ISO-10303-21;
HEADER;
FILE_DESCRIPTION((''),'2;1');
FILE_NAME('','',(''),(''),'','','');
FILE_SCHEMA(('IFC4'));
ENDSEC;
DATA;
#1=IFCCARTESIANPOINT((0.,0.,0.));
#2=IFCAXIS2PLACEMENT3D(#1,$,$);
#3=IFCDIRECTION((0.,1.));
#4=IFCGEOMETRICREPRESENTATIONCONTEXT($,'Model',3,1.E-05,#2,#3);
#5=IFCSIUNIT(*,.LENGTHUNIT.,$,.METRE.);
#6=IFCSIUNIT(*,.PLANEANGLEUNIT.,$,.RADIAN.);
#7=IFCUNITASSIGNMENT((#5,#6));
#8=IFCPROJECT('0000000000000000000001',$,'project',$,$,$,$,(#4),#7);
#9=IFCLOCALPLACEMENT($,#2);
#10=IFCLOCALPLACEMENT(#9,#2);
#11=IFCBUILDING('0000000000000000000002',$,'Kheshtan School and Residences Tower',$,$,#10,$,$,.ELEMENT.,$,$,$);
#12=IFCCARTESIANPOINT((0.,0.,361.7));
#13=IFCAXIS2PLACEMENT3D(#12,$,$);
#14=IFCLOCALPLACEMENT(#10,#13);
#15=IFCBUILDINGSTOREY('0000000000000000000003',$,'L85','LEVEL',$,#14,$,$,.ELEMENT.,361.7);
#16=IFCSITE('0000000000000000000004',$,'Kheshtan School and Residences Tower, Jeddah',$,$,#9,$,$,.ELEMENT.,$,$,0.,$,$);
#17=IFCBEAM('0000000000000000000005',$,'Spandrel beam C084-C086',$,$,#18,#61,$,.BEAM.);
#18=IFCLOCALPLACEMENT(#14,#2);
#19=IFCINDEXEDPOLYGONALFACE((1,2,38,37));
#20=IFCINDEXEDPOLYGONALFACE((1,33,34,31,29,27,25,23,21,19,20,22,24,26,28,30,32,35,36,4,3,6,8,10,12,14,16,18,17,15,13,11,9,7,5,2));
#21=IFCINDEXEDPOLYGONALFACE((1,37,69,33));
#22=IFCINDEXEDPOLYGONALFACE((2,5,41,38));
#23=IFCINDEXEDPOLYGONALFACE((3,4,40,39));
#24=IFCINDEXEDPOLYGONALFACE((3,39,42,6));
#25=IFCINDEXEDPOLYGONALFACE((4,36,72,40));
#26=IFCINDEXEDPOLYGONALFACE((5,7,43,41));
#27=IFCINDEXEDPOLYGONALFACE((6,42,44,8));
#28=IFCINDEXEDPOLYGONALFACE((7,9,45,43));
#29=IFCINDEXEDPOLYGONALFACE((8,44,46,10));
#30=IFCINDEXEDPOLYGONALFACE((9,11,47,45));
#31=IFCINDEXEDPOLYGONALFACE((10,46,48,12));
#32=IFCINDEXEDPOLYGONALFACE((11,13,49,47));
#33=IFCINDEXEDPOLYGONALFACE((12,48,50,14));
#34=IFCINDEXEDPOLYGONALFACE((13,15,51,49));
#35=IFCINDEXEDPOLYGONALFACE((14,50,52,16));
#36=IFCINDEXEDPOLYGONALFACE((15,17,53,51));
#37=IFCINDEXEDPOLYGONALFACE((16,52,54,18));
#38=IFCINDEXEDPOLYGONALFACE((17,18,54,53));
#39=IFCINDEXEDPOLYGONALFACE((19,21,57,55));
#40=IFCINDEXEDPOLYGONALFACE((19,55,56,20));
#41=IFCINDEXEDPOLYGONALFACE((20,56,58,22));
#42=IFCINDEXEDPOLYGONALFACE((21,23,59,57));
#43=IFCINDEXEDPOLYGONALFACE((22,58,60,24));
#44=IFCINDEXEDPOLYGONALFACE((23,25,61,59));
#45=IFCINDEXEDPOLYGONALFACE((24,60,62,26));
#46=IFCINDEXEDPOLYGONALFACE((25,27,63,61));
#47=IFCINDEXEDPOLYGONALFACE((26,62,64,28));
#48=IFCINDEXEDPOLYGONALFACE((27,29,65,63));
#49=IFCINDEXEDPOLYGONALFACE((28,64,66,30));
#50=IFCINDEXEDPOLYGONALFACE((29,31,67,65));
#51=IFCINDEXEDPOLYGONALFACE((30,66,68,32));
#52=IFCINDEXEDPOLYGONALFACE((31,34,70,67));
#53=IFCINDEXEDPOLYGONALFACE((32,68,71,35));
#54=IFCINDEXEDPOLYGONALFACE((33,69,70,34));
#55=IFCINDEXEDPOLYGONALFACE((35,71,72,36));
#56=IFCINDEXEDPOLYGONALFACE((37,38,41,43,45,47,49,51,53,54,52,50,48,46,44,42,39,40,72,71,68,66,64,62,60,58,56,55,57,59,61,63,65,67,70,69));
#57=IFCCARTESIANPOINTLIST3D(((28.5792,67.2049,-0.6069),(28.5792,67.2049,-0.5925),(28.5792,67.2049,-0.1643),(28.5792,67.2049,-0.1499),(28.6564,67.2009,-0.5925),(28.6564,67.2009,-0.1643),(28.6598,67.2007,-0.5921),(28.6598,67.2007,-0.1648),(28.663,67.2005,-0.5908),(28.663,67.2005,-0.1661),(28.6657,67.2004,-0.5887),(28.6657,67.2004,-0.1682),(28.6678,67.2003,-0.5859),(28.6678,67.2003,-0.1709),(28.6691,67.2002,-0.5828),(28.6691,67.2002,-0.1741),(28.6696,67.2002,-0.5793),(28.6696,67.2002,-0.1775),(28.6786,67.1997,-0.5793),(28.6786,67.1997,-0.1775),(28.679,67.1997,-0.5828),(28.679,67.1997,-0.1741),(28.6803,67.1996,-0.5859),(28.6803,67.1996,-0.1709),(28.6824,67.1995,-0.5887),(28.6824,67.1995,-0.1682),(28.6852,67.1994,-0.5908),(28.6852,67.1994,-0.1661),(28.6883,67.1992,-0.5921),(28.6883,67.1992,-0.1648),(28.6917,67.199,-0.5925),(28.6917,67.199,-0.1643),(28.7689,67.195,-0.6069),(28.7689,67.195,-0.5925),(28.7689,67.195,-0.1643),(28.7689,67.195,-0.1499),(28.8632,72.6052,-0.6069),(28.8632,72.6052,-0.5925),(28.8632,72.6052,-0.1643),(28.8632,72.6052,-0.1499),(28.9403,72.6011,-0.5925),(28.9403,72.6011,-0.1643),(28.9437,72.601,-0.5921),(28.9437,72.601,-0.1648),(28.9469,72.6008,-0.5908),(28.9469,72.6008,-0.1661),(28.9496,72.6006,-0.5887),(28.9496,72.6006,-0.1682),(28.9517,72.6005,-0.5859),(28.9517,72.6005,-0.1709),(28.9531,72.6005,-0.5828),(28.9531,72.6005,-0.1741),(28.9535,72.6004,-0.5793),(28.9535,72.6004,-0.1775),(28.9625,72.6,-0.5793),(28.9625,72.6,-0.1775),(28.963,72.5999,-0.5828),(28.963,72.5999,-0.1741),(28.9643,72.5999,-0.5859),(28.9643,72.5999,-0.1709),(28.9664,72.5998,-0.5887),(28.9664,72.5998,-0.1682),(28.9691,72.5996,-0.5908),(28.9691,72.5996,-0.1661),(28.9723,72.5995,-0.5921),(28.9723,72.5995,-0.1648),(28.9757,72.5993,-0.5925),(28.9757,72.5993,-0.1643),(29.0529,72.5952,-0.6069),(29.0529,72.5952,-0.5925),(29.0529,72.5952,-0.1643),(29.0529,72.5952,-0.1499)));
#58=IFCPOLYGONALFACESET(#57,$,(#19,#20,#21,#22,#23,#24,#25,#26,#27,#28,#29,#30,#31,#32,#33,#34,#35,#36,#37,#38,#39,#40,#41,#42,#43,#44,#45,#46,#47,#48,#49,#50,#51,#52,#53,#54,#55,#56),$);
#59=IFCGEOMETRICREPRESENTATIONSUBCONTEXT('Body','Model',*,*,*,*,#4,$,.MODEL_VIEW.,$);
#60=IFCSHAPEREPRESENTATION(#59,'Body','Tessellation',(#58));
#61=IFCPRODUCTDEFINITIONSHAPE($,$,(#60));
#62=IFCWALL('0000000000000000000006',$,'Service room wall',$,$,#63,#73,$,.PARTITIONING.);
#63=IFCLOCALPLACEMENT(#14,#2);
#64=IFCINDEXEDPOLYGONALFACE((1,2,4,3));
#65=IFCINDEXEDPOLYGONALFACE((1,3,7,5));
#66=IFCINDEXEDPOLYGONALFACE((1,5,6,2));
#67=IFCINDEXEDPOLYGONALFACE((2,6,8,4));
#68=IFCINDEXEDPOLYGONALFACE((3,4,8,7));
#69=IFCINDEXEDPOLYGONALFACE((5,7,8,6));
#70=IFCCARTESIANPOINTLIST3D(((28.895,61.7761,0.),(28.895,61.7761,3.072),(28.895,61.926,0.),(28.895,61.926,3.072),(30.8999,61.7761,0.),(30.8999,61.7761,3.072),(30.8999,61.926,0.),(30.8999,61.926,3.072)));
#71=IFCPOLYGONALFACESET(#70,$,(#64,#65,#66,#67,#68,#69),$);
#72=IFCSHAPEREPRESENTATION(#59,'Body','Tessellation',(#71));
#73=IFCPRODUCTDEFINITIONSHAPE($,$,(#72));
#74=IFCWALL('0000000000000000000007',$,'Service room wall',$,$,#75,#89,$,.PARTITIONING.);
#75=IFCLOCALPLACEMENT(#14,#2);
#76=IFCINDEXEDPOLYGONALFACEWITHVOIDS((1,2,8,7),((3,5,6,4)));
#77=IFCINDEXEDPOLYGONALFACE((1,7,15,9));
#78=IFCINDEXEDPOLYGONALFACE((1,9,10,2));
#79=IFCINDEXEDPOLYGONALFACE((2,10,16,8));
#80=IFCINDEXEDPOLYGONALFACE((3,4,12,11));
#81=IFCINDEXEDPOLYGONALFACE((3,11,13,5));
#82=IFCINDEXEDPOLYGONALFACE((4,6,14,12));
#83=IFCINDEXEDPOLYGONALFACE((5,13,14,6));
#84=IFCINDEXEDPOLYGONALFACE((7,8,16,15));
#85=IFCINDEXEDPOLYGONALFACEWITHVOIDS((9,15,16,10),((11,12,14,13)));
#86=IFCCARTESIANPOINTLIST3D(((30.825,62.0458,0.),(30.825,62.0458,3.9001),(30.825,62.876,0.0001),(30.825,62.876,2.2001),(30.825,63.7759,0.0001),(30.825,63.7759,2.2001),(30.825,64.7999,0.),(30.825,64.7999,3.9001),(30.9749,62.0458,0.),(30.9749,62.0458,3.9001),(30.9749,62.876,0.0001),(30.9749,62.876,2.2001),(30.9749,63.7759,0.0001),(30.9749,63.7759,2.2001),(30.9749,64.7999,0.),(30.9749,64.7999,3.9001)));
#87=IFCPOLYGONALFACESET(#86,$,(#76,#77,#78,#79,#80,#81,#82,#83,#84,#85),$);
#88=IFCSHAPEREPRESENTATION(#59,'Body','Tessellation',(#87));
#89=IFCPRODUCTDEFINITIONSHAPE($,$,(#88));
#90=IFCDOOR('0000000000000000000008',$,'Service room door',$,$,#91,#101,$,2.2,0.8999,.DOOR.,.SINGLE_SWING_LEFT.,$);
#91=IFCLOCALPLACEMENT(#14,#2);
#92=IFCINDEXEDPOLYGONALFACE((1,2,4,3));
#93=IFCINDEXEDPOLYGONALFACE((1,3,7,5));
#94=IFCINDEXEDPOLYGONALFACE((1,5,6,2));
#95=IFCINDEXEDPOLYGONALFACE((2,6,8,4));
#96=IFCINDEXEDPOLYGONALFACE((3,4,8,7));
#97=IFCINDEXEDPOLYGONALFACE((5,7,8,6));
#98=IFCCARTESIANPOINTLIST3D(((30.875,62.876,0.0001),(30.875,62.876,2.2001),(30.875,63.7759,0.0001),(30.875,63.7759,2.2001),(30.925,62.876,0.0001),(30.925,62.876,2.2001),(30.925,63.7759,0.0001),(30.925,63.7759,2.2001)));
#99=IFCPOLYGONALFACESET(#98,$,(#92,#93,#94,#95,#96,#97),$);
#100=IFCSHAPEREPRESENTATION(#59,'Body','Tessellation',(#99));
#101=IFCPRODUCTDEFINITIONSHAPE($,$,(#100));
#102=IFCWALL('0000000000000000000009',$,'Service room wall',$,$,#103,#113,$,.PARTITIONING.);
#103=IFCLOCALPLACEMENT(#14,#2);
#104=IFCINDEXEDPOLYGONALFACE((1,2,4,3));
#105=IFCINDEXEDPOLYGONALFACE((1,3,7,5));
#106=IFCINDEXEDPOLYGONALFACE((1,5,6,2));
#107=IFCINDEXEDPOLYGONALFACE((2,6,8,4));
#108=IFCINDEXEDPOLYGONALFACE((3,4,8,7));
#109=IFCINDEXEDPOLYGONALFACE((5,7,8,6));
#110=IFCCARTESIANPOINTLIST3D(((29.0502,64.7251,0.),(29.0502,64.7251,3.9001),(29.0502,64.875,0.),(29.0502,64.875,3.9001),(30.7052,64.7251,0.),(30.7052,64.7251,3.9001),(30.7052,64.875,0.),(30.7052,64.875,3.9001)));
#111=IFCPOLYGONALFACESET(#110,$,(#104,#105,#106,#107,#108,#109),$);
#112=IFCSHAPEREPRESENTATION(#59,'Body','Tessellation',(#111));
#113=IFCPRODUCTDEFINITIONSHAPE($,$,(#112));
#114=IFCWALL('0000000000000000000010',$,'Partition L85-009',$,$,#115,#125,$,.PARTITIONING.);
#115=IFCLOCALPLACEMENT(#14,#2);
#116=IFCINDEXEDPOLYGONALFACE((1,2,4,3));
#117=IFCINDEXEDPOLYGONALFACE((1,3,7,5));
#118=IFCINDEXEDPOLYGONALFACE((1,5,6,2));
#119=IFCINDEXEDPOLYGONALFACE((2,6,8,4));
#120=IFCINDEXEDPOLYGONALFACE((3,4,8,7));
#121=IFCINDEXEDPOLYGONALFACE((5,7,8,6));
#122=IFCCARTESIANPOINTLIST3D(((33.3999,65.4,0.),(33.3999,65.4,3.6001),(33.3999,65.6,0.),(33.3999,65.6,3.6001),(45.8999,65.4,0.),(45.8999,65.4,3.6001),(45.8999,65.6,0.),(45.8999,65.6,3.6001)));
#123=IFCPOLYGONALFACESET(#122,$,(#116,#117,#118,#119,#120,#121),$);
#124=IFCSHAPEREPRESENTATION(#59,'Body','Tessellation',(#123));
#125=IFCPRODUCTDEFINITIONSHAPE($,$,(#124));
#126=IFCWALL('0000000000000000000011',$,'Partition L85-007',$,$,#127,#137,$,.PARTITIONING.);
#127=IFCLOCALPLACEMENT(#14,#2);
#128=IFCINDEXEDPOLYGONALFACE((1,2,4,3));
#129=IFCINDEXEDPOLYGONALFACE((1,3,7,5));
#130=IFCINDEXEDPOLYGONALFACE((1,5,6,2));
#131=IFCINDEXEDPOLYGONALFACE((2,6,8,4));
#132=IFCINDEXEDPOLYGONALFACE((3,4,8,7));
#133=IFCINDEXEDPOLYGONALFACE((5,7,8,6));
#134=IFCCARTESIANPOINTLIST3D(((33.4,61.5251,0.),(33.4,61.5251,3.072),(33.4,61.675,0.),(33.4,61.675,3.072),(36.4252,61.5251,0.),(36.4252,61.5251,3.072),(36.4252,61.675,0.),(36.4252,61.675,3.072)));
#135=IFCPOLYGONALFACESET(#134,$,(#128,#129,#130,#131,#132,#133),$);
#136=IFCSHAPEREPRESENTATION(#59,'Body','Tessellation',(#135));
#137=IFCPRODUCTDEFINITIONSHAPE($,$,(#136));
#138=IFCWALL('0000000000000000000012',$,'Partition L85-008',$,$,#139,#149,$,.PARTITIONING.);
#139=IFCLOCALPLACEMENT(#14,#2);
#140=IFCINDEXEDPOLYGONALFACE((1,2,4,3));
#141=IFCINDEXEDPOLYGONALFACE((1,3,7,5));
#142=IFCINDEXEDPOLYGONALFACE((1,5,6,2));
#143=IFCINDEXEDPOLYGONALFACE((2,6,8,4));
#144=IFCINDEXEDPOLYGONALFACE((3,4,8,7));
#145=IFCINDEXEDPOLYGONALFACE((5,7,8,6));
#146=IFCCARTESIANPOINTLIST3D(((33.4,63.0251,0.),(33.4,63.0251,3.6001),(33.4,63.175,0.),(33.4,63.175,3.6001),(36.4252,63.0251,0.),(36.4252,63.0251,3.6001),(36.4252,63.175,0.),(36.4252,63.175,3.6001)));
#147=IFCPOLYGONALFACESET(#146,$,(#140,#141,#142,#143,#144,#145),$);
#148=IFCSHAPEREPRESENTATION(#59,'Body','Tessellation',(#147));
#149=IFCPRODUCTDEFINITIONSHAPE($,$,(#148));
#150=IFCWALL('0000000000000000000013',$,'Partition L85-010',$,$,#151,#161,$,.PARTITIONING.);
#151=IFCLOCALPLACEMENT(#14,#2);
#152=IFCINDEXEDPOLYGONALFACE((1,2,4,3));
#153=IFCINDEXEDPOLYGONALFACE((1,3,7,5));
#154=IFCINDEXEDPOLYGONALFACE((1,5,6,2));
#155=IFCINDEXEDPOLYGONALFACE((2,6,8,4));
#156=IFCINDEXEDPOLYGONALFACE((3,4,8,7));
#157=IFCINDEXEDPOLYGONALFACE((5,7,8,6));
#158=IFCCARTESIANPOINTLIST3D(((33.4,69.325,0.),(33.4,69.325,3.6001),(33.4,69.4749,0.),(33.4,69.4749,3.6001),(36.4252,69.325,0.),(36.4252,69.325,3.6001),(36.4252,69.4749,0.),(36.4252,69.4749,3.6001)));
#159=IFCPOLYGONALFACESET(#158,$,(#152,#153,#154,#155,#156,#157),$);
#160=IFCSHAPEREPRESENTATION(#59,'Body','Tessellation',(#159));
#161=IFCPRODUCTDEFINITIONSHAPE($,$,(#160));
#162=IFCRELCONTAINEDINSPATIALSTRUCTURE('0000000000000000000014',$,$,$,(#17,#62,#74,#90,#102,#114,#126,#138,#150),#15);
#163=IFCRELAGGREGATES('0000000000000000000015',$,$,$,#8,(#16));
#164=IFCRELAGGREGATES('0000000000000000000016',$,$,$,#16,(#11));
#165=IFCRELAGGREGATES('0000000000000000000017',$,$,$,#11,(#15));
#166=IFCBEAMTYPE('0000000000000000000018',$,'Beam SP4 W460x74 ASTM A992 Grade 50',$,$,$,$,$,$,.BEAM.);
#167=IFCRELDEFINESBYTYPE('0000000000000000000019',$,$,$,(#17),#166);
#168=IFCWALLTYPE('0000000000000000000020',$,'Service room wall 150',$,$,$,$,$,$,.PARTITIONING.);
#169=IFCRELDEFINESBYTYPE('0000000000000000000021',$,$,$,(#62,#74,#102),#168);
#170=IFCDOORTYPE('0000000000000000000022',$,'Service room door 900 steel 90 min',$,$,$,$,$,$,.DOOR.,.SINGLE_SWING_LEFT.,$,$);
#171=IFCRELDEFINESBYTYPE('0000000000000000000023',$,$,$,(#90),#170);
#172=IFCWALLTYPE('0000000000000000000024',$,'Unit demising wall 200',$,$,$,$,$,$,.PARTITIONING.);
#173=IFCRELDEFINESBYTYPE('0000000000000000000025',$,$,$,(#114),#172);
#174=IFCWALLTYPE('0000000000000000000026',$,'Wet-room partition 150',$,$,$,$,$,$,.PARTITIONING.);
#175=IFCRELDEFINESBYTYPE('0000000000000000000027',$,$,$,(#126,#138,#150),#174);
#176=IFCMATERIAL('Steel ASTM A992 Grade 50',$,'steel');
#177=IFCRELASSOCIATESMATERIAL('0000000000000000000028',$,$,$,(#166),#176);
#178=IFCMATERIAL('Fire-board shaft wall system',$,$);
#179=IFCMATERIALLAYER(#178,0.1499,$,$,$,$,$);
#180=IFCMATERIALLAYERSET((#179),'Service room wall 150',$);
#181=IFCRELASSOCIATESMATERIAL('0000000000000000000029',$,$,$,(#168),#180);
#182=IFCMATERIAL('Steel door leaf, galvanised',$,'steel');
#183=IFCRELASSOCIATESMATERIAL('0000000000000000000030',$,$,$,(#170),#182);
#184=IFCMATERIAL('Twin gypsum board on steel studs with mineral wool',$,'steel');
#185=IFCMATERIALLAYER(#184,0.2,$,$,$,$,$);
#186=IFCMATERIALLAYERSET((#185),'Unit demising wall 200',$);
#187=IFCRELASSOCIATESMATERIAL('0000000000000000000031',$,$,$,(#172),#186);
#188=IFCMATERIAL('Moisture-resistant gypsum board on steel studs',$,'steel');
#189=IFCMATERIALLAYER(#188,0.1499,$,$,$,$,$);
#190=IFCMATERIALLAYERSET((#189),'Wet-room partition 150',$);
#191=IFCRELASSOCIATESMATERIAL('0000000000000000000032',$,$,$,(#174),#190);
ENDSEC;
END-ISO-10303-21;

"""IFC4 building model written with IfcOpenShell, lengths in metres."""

from ifc_helpers import new_model, si_unit, direction, frame, frame_2d, origin, origin_2d, place, context, subcontext, project, spatial, rectangle, i_section, extrude, source, transform, mapped, material, layer, layer_set, material_profile, profile_set, type_object, element, fill, save


model = new_model("IFC4")

# Units and contexts
model_context = context("Model", 3, precision=1e-05, world=origin(), true_north=direction((0.0, 1.0)))
body_context = subcontext(model_context, "Body", "Model", "MODEL_VIEW")
ifc_project = project(units=[si_unit("LENGTHUNIT", "METRE"), si_unit("PLANEANGLEUNIT", "RADIAN")], contexts=[model_context])

# Site, building, storey
site_placement = place(None, origin())
site = spatial("IfcSite", under=ifc_project, at=site_placement, Name="Kheshtan School and Residences Tower, Jeddah", CompositionType="ELEMENT", RefElevation=0.0)
building_placement = place(site_placement, origin())
building = spatial("IfcBuilding", under=site, at=building_placement, Name="Kheshtan School and Residences Tower", CompositionType="ELEMENT")
storey_placement = place(building_placement, frame((0.0, 0.0, 361.7)))
storey = spatial("IfcBuildingStorey", under=building, at=storey_placement, Name="L85", Description="LEVEL", CompositionType="ELEMENT", Elevation=361.7)

# Shared definitions
ifc_material_1 = material(Name="Steel ASTM A992 Grade 50", Category="steel")

# Beam
ifc_material_profile_1 = material_profile(ifc_material_1, i_section(OverallWidth=0.1899, OverallDepth=0.457, WebThickness=0.009, FlangeThickness=0.0144, FilletRadius=0.0132, at=origin_2d()), Name="W460x74")
ifc_profile_set_1 = profile_set([ifc_material_profile_1], Name="Steel ASTM A992 Grade 50")
beam_type_1 = type_object("IfcBeamType", Name="Beam SP4 W460x74 ASTM A992 Grade 50", PredefinedType="BEAM", material=ifc_profile_set_1)
beam_1_placement = place(storey_placement, frame((28.6741, 67.2, -0.3784), z_axis=(0.052507, 0.998621, 0.0), x_axis=(-0.998621, 0.052507, 0.0)))
element("IfcBeam", 1, at=beam_1_placement, inside=storey, type_object=beam_type_1, Name="Spandrel beam C084-C086", PredefinedType="BEAM", context=body_context, shape_type="SweptSolid", body=[
    extrude(i_section(OverallWidth=0.1899, OverallDepth=0.457, WebThickness=0.009, FlangeThickness=0.0144, FilletRadius=0.0132, at=origin_2d()), origin(), (0.0, 0.0, 1.0), 5.4077),
])

# Wall
ifc_material_2 = material(Name="Fire-board shaft wall system")
ifc_layer_1 = layer(ifc_material_2, 0.1499)
ifc_layer_set_1 = layer_set([ifc_layer_1], Name="Service room wall 150")
wall_type_1 = type_object("IfcWallType", Name="Service room wall 150", PredefinedType="PARTITIONING", material=ifc_layer_set_1)
wall_1_placement = place(storey_placement, frame((28.895, 61.8511, 0.0), z_axis=(0.0, 0.0, 1.0), x_axis=(1.0, 0.0, 0.0)))
element("IfcWall", 2, at=wall_1_placement, inside=storey, type_object=wall_type_1, Name="Service room wall", PredefinedType="PARTITIONING", context=body_context, shape_type="SweptSolid", body=[
    extrude(rectangle(XDim=2.0049, YDim=0.1499, at=frame_2d((1.0024, 0.0))), origin(), (0.0, 0.0, 1.0), 3.072),
])

# Wall, opening, door
wall_2_placement = place(storey_placement, frame((30.8999, 62.0459, 0.0), z_axis=(0.0, 0.0, 1.0), x_axis=(0.0, 1.0, 0.0)))
wall_2 = element("IfcWall", 3, at=wall_2_placement, inside=storey, type_object=wall_type_1, Name="Service room wall", PredefinedType="PARTITIONING", context=body_context, shape_type="SweptSolid", body=[
    extrude(rectangle(XDim=2.7542, YDim=0.1499, at=frame_2d((1.377, 0.0))), origin(), (0.0, 0.0, 1.0), 3.9001),
])
opening_1_placement = place(wall_2_placement, frame((0.8301, 0.0, 0.0)))
opening_1 = element("IfcOpeningElement", 4, at=opening_1_placement, cuts=wall_2, PredefinedType="OPENING", context=body_context, shape_type="SweptSolid", body=[
    extrude(rectangle(XDim=0.8999, YDim=2.2, at=frame_2d((0.45, 1.1001))), frame((0.0, 0.085, 0.0), z_axis=(0.0, -1.0, 0.0), x_axis=(1.0, 0.0, 0.0)), (0.0, 0.0, 1.0), 0.1699),
])
ifc_material_3 = material(Name="Steel door leaf, galvanised", Category="steel")
door_type_1 = type_object("IfcDoorType", Name="Service room door 900 steel 90 min", OperationType="SINGLE_SWING_LEFT", PredefinedType="DOOR", material=ifc_material_3)
shared_shape_1 = source(origin(), body_context, "Body", "SweptSolid", [
    extrude(rectangle(XDim=0.8999, YDim=2.2, at=frame_2d((0.45, 1.1001))), frame((0.0, 0.0249, 0.0), z_axis=(0.0, -1.0, 0.0), x_axis=(1.0, 0.0, 0.0)), (0.0, 0.0, 1.0), 0.05),
])
door_1_placement = place(opening_1_placement, origin())
door_1 = element("IfcDoor", 5, at=door_1_placement, inside=storey, type_object=door_type_1, Name="Service room door", OperationType="SINGLE_SWING_LEFT", OverallHeight=2.2, OverallWidth=0.8999, PredefinedType="DOOR", context=body_context, shape_type="MappedRepresentation", body=[
    mapped(shared_shape_1, transform((0.0, 0.0, 0.0), x_axis=(1.0, 0.0, 0.0), y_axis=(0.0, 1.0, 0.0), z_axis=(0.0, 0.0, 1.0), scale=1.0)),
])
fill(opening_1, door_1)

# Walls
wall_3_placement = place(storey_placement, frame((29.05, 64.8, 0.0), z_axis=(0.0, 0.0, 1.0), x_axis=(1.0, 0.0, 0.0)))
element("IfcWall", 6, at=wall_3_placement, inside=storey, type_object=wall_type_1, Name="Service room wall", PredefinedType="PARTITIONING", context=body_context, shape_type="SweptSolid", body=[
    extrude(rectangle(XDim=1.655, YDim=0.1499, at=frame_2d((0.8276, 0.0))), origin(), (0.0, 0.0, 1.0), 3.9001),
])
ifc_material_4 = material(Name="Twin gypsum board on steel studs with mineral wool", Category="steel")
ifc_layer_2 = layer(ifc_material_4, 0.2)
ifc_layer_set_2 = layer_set([ifc_layer_2], Name="Unit demising wall 200")
wall_type_2 = type_object("IfcWallType", Name="Unit demising wall 200", PredefinedType="PARTITIONING", material=ifc_layer_set_2)
wall_4_placement = place(storey_placement, frame((33.3999, 65.5, 0.0), z_axis=(0.0, 0.0, 1.0), x_axis=(1.0, 0.0, 0.0)))
element("IfcWall", 7, at=wall_4_placement, inside=storey, type_object=wall_type_2, Name="Partition L85-009", PredefinedType="PARTITIONING", context=body_context, shape_type="SweptSolid", body=[
    extrude(rectangle(XDim=12.5, YDim=0.2, at=frame_2d((6.25, 0.0))), origin(), (0.0, 0.0, 1.0), 3.6001),
])
ifc_material_5 = material(Name="Moisture-resistant gypsum board on steel studs", Category="steel")
ifc_layer_3 = layer(ifc_material_5, 0.1499)
ifc_layer_set_3 = layer_set([ifc_layer_3], Name="Wet-room partition 150")
wall_type_3 = type_object("IfcWallType", Name="Wet-room partition 150", PredefinedType="PARTITIONING", material=ifc_layer_set_3)
wall_5_placement = place(storey_placement, frame((33.3999, 61.6001, 0.0), z_axis=(0.0, 0.0, 1.0), x_axis=(1.0, 0.0, 0.0)))
element("IfcWall", 8, at=wall_5_placement, inside=storey, type_object=wall_type_3, Name="Partition L85-007", PredefinedType="PARTITIONING", context=body_context, shape_type="SweptSolid", body=[
    extrude(rectangle(XDim=3.0251, YDim=0.1499, at=frame_2d((1.5127, 0.0))), origin(), (0.0, 0.0, 1.0), 3.072),
])
for number, where, z_axis, x_axis, name in (
    (9, (33.3999, 63.1001, 0.0), (0.0, 0.0, 1.0), (1.0, 0.0, 0.0), "Partition L85-008"),
    (10, (33.3999, 69.3999, 0.0), (0.0, 0.0, 1.0), (1.0, 0.0, 0.0), "Partition L85-010"),
):
    element("IfcWall", number, at=place(storey_placement, frame(where, z_axis=z_axis, x_axis=x_axis)), inside=storey, type_object=wall_type_3, Name=name, PredefinedType="PARTITIONING", context=body_context, shape_type="SweptSolid", body=[
        extrude(rectangle(XDim=3.0251, YDim=0.1499, at=frame_2d((1.5127, 0.0))), origin(), (0.0, 0.0, 1.0), 3.6001),
    ])

save(model, "model.ifc")
